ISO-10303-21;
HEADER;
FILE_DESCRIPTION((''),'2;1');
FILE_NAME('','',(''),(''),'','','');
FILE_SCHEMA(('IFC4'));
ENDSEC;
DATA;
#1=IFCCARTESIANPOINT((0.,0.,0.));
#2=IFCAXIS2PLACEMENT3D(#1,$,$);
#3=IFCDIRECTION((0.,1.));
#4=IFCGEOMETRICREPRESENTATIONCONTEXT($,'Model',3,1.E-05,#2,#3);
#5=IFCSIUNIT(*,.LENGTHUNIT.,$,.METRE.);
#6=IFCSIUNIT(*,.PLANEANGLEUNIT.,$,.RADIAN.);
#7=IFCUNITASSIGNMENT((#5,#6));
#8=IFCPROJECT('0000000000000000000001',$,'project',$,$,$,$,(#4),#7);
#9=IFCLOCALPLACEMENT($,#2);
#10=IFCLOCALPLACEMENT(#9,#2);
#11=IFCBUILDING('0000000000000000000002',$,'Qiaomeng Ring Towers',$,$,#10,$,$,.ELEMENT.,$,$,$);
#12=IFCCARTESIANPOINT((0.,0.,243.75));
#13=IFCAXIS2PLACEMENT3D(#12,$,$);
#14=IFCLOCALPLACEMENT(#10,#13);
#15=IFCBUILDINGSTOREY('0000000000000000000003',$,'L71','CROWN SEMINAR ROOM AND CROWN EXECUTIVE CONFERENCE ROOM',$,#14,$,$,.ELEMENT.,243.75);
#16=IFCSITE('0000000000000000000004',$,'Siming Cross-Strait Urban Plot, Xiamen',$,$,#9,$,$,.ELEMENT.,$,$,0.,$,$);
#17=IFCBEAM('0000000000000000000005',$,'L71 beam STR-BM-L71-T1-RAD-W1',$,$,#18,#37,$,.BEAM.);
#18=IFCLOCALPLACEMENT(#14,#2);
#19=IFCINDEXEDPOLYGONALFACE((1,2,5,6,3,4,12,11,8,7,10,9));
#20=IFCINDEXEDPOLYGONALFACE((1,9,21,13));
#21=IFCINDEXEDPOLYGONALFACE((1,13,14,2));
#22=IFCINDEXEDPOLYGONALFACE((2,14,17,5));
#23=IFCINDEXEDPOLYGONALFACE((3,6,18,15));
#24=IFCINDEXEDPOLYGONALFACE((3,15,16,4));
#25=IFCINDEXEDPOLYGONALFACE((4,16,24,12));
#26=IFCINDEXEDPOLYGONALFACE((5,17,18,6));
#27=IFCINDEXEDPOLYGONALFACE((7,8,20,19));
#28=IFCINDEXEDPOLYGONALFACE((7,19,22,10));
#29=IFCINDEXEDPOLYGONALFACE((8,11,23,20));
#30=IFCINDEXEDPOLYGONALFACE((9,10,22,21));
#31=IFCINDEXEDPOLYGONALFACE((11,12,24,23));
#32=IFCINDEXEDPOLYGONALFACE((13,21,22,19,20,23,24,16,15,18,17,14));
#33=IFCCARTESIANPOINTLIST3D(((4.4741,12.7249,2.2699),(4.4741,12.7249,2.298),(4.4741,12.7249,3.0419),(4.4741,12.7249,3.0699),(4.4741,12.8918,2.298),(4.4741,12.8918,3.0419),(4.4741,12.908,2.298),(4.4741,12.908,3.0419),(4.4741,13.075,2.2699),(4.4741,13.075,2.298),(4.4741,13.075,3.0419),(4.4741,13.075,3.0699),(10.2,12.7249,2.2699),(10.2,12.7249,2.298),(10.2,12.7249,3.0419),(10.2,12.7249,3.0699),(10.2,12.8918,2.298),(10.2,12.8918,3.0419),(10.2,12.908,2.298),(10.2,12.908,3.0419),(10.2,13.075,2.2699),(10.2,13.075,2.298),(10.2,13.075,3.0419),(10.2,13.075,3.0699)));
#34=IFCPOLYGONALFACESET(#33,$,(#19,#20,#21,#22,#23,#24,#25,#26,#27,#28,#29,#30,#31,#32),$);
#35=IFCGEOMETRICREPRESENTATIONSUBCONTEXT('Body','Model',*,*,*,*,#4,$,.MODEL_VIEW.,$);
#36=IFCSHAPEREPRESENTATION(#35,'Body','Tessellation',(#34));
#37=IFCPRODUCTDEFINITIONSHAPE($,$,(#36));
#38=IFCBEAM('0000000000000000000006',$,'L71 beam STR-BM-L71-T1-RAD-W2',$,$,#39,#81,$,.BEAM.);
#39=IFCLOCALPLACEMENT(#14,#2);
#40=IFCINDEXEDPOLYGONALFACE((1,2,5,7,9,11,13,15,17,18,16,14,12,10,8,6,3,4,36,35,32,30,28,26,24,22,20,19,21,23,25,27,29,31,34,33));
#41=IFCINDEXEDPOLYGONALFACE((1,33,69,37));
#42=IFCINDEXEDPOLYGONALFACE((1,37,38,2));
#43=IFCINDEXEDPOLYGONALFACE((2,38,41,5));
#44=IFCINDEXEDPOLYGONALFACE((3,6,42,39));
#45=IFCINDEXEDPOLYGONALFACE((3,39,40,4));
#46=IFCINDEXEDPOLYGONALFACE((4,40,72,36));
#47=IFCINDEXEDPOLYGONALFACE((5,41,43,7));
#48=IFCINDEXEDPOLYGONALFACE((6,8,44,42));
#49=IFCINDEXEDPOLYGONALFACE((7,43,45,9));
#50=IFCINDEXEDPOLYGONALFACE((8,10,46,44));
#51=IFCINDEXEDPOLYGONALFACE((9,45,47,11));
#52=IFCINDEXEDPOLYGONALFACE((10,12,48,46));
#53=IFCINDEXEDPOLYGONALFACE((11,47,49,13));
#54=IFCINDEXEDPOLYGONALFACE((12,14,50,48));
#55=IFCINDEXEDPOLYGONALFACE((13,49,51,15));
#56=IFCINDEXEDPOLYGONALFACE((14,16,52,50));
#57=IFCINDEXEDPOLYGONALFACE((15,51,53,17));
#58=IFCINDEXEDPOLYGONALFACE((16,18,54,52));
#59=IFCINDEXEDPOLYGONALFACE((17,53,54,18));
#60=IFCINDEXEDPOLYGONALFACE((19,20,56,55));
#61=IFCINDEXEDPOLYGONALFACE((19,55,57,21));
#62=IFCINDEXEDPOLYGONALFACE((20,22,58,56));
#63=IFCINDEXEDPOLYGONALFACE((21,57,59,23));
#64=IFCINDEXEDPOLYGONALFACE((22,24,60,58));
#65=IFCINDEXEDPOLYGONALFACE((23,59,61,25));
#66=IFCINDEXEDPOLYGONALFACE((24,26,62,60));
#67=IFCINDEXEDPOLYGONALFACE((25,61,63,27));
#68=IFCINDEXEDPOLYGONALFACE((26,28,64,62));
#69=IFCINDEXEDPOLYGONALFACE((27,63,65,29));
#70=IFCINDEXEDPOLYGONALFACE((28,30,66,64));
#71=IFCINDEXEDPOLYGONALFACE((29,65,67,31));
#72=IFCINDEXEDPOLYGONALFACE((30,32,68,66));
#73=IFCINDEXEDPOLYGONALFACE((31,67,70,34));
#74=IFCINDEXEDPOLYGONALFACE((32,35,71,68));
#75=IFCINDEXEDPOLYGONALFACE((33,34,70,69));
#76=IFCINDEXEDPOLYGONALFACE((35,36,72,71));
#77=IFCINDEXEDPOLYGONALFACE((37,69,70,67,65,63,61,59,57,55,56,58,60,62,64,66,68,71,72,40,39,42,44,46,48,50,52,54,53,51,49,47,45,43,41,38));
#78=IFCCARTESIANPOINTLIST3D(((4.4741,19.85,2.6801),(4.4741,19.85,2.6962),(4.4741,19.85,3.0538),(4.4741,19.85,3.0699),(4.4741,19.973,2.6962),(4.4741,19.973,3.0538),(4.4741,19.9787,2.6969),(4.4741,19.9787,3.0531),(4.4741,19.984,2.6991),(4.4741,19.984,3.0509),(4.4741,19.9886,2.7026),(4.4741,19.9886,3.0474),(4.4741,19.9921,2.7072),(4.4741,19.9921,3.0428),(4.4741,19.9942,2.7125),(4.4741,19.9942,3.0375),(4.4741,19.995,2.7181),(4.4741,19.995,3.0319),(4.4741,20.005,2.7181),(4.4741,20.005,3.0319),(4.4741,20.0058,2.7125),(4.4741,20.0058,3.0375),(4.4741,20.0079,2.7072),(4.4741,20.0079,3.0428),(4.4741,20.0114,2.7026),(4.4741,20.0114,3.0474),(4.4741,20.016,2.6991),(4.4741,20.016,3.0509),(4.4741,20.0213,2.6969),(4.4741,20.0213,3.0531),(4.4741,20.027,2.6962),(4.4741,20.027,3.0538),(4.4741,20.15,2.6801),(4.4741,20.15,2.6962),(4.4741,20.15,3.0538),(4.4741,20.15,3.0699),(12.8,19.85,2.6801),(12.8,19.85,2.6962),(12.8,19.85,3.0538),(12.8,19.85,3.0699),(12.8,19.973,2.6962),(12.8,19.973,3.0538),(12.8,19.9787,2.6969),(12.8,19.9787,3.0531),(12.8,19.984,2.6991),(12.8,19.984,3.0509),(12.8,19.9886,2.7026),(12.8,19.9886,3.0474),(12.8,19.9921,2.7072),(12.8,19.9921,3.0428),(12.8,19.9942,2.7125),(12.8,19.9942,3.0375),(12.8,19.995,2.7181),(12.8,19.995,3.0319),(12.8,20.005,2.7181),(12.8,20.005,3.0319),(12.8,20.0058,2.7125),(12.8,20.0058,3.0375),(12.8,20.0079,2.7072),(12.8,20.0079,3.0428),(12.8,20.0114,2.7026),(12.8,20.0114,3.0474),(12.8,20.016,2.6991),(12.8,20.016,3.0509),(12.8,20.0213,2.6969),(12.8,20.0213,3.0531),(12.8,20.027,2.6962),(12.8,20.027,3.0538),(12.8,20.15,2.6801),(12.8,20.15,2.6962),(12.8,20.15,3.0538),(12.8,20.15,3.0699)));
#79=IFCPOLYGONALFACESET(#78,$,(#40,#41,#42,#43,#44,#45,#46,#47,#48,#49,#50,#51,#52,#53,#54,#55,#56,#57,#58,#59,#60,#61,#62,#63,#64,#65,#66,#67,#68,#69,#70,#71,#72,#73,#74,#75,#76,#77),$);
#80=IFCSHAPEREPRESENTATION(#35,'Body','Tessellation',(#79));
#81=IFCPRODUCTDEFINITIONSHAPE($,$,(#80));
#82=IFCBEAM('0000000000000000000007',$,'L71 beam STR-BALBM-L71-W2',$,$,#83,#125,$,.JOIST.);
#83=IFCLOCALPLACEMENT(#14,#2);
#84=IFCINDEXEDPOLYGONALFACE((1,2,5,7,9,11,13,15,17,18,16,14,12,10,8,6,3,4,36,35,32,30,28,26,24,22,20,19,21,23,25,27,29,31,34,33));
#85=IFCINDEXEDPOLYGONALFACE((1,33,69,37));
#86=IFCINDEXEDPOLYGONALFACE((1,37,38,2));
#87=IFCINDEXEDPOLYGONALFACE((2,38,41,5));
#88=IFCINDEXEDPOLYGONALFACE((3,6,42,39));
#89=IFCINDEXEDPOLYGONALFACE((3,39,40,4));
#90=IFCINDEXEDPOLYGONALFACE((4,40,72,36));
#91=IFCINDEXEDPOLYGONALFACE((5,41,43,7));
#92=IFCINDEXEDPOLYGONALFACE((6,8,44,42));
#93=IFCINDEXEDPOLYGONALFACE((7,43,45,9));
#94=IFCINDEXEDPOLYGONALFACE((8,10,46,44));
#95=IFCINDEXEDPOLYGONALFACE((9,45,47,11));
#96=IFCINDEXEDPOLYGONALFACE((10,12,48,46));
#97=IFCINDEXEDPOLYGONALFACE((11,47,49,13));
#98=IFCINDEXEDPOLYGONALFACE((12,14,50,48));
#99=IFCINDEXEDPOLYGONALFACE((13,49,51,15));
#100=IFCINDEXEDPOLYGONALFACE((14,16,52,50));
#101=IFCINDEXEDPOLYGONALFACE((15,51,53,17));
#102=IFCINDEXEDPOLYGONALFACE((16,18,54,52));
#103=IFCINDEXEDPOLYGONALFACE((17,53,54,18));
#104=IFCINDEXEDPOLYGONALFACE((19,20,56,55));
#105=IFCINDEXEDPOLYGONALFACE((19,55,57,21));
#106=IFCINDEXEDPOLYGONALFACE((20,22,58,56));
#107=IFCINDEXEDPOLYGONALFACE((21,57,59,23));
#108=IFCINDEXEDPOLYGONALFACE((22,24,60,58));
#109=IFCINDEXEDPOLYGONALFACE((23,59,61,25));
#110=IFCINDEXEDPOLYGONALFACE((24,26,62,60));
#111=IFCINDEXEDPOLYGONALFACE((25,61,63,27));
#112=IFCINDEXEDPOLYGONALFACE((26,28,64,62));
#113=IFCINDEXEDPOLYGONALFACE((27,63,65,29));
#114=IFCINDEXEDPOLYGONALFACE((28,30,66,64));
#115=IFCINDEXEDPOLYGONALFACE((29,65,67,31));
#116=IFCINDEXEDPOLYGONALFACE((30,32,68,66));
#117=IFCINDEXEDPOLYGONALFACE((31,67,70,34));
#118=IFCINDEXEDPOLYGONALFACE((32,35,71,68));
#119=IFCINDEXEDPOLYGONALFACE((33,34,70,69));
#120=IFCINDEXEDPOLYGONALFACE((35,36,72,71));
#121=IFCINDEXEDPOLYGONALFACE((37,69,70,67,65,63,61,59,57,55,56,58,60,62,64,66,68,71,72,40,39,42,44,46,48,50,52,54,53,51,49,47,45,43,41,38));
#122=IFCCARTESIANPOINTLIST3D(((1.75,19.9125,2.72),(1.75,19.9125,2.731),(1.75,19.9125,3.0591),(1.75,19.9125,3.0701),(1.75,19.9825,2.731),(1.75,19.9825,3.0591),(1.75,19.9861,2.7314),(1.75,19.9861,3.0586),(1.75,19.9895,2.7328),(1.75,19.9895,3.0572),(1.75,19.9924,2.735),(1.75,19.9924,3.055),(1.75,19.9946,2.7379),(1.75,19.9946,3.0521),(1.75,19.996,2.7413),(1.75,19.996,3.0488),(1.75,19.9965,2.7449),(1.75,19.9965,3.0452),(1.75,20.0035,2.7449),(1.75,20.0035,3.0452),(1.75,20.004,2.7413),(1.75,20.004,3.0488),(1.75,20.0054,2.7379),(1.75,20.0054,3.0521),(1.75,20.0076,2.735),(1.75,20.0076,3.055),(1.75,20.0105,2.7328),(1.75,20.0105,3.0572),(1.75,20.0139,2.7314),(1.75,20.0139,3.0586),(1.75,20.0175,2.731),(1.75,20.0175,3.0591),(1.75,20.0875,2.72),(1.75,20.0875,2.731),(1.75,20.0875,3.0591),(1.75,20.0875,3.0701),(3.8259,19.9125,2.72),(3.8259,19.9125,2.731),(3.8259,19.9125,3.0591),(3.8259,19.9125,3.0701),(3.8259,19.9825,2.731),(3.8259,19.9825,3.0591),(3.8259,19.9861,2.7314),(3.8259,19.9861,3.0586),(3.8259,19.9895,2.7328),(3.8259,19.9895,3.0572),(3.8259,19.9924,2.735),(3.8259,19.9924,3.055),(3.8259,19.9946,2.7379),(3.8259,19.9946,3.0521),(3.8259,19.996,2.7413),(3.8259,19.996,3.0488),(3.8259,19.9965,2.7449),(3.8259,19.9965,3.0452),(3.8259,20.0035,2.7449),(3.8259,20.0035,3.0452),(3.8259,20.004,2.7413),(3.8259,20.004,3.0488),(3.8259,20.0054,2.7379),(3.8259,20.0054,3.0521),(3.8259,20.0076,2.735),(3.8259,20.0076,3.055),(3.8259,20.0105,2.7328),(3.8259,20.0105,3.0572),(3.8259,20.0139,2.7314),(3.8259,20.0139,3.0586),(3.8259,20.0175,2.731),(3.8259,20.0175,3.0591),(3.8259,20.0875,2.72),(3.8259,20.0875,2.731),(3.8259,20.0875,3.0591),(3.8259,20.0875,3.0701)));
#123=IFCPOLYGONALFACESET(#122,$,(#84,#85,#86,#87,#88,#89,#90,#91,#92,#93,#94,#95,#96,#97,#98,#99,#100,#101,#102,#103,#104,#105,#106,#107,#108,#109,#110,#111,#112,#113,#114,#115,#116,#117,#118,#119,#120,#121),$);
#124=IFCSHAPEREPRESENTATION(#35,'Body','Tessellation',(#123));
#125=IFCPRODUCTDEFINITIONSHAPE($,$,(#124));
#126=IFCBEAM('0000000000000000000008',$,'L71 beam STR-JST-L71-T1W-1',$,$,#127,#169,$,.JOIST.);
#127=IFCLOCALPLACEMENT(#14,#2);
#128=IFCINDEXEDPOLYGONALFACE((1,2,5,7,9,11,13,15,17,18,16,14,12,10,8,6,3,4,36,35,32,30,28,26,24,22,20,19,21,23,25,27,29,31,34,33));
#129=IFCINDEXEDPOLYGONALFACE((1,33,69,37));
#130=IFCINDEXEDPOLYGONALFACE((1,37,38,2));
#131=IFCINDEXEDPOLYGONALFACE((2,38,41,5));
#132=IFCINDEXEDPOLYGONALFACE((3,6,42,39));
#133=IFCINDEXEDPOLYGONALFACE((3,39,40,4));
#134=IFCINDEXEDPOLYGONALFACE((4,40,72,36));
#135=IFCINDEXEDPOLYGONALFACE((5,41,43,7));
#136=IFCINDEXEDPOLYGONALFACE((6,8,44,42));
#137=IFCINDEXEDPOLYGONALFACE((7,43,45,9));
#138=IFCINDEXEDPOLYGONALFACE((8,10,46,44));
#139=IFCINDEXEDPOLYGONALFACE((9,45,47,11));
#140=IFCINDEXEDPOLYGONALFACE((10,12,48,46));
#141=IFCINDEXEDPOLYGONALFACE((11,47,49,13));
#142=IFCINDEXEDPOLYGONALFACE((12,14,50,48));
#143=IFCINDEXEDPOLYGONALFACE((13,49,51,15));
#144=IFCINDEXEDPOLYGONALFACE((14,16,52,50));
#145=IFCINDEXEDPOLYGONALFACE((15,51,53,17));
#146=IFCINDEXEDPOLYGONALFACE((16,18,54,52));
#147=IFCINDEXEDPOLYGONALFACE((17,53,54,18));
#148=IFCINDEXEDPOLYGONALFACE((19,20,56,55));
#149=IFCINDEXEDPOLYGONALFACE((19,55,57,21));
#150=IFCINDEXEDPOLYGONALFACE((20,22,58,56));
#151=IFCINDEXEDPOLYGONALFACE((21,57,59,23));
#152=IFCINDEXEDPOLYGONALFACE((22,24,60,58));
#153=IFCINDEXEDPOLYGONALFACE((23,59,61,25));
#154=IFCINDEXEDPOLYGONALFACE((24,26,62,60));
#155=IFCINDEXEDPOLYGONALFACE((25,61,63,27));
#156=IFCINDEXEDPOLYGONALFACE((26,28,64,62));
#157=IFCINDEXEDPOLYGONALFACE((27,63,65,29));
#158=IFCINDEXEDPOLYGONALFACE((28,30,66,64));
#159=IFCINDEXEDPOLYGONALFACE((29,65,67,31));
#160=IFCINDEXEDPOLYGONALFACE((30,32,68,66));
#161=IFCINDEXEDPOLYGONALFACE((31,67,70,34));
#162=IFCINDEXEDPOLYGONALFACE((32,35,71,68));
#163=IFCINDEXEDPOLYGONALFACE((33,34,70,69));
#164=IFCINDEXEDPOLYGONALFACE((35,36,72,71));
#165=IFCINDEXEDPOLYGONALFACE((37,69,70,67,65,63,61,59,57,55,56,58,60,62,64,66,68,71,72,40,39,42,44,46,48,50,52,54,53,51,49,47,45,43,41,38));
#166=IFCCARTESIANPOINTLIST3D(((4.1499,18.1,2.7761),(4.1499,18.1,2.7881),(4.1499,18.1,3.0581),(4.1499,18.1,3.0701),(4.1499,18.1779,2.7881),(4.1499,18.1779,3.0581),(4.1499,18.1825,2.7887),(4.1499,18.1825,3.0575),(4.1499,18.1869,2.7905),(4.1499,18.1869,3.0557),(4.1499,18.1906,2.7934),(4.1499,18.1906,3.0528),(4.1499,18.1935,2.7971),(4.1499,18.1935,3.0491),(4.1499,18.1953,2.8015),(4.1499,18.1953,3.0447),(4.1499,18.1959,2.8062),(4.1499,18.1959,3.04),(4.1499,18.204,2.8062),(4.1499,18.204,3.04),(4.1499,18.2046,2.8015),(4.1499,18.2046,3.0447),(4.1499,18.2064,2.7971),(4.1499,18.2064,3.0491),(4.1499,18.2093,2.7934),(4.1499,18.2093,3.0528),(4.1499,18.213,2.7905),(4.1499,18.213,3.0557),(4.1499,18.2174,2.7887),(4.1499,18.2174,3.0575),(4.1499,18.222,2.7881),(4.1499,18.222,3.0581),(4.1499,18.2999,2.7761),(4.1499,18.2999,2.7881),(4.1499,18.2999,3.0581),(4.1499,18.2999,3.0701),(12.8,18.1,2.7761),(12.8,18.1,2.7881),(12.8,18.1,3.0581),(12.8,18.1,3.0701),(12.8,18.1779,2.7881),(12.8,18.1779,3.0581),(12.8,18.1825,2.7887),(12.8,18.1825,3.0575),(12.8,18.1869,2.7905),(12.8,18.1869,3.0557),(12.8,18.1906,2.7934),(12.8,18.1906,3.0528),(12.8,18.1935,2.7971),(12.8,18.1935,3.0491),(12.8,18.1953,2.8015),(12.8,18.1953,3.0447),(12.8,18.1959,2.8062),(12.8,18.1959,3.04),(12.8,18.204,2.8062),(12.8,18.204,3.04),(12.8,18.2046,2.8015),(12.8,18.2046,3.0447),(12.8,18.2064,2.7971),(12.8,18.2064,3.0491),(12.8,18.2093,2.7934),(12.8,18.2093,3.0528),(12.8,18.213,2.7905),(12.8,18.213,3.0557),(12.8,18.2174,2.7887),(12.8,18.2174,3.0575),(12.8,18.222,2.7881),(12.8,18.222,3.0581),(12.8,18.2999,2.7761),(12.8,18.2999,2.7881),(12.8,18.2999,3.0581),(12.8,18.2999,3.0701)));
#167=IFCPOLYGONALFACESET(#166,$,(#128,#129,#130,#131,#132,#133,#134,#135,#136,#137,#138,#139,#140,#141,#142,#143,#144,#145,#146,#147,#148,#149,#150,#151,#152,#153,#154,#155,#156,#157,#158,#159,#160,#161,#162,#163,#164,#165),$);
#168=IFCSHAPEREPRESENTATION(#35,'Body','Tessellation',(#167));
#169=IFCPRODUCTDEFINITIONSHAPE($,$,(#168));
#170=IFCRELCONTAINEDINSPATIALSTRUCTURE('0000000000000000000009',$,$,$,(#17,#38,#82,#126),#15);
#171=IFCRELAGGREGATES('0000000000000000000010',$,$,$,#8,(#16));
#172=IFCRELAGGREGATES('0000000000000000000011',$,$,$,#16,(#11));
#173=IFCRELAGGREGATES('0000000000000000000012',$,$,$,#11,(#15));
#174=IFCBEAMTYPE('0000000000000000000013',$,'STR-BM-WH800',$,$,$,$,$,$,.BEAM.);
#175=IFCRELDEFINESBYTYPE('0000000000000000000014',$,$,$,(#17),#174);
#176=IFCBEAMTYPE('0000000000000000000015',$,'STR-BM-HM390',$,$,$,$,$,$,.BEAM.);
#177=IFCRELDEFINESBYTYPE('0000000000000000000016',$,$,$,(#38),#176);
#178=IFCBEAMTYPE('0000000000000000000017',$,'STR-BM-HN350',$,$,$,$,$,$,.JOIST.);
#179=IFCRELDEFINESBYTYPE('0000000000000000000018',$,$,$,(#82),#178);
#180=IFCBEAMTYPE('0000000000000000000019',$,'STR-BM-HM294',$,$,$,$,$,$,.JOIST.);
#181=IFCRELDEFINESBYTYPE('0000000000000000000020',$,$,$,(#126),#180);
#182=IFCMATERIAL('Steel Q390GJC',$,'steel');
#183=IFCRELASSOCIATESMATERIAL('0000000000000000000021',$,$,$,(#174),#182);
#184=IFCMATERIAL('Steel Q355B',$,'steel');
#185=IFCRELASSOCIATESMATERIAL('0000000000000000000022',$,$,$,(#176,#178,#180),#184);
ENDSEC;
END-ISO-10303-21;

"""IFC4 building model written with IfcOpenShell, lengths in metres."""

from ifc_helpers import new_model, si_unit, direction, frame, origin, origin_2d, place, context, subcontext, project, spatial, i_section, extrude, source, transform, mapped, material, material_profile, profile_set, type_object, element, save


model = new_model("IFC4")

# Units and contexts
model_context = context("Model", 3, precision=1e-05, world=origin(), true_north=direction((0.0, 1.0)))
body_context = subcontext(model_context, "Body", "Model", "MODEL_VIEW")
ifc_project = project(units=[si_unit("LENGTHUNIT", "METRE"), si_unit("PLANEANGLEUNIT", "RADIAN")], contexts=[model_context])

# Site, building, storey
site_placement = place(None, origin())
site = spatial("IfcSite", under=ifc_project, at=site_placement, Name="Siming Cross-Strait Urban Plot, Xiamen", CompositionType="ELEMENT", RefElevation=0.0)
building_placement = place(site_placement, origin())
building = spatial("IfcBuilding", under=site, at=building_placement, Name="Qiaomeng Ring Towers", CompositionType="ELEMENT")
storey_placement = place(building_placement, frame((0.0, 0.0, 243.75)))
storey = spatial("IfcBuildingStorey", under=building, at=storey_placement, Name="L71", Description="CROWN SEMINAR ROOM AND CROWN EXECUTIVE CONFERENCE ROOM", CompositionType="ELEMENT", Elevation=243.75)

# Beams
ifc_material_1 = material(Name="Steel Q355B", Category="steel")
ifc_material_2 = material(Name="Steel Q390GJC", Category="steel")
ifc_material_profile_1 = material_profile(ifc_material_2, i_section(OverallWidth=0.3501, OverallDepth=0.8, WebThickness=0.0161, FlangeThickness=0.0281, at=origin_2d()), Name="WH 800x350x16x28")
ifc_profile_set_1 = profile_set([ifc_material_profile_1], Name="Steel Q390GJC")
beam_type_1 = type_object("IfcBeamType", Name="STR-BM-WH800", PredefinedType="BEAM", material=ifc_profile_set_1)
shared_shape_1 = source(origin(), body_context, "Body", "SweptSolid", [
    extrude(i_section(OverallWidth=0.3501, OverallDepth=0.8, WebThickness=0.0161, FlangeThickness=0.0281, at=origin_2d()), origin(), (0.0, 0.0, 1.0), 5.7258),
])
beam_1_placement = place(storey_placement, frame((4.4741, 12.8999, 2.6699), z_axis=(1.0, 0.0, 0.0), x_axis=(0.0, 1.0, 0.0)))
element("IfcBeam", 1, at=beam_1_placement, inside=storey, type_object=beam_type_1, Name="L71 beam STR-BM-L71-T1-RAD-W1", PredefinedType="BEAM", context=body_context, shape_type="MappedRepresentation", body=[
    mapped(shared_shape_1, transform((0.0, 0.0, 0.0), x_axis=(1.0, 0.0, 0.0), y_axis=(0.0, 1.0, 0.0), z_axis=(0.0, 0.0, 1.0), scale=1.0)),
])
ifc_material_profile_2 = material_profile(ifc_material_1, i_section(OverallWidth=0.3, OverallDepth=0.3899, WebThickness=0.01, FlangeThickness=0.0161, FilletRadius=0.022, at=origin_2d()), Name="HM 390x300x10x16")
ifc_profile_set_2 = profile_set([ifc_material_profile_2], Name="Steel Q355B")
beam_type_2 = type_object("IfcBeamType", Name="STR-BM-HM390", PredefinedType="BEAM", material=ifc_profile_set_2)
shared_shape_2 = source(origin(), body_context, "Body", "SweptSolid", [
    extrude(i_section(OverallWidth=0.3, OverallDepth=0.3899, WebThickness=0.01, FlangeThickness=0.0161, FilletRadius=0.022, at=origin_2d()), origin(), (0.0, 0.0, 1.0), 8.3259),
])
beam_2_placement = place(storey_placement, frame((4.4741, 20.0, 2.875), z_axis=(1.0, 0.0, 0.0), x_axis=(0.0, 1.0, 0.0)))
element("IfcBeam", 2, at=beam_2_placement, inside=storey, type_object=beam_type_2, Name="L71 beam STR-BM-L71-T1-RAD-W2", PredefinedType="BEAM", context=body_context, shape_type="MappedRepresentation", body=[
    mapped(shared_shape_2, transform((0.0, 0.0, 0.0), x_axis=(1.0, 0.0, 0.0), y_axis=(0.0, 1.0, 0.0), z_axis=(0.0, 0.0, 1.0), scale=1.0)),
])
ifc_material_profile_3 = material_profile(ifc_material_1, i_section(OverallWidth=0.175, OverallDepth=0.3501, WebThickness=0.0071, FlangeThickness=0.011, FilletRadius=0.0139, at=origin_2d()), Name="HN 350x175x7x11")
ifc_profile_set_3 = profile_set([ifc_material_profile_3], Name="Steel Q355B")
beam_type_3 = type_object("IfcBeamType", Name="STR-BM-HN350", PredefinedType="JOIST", material=ifc_profile_set_3)
shared_shape_3 = source(origin(), body_context, "Body", "SweptSolid", [
    extrude(i_section(OverallWidth=0.175, OverallDepth=0.3501, WebThickness=0.0071, FlangeThickness=0.011, FilletRadius=0.0139, at=origin_2d()), origin(), (0.0, 0.0, 1.0), 2.0759),
])
beam_3_placement = place(storey_placement, frame((1.75, 20.0, 2.895), z_axis=(1.0, 0.0, 0.0), x_axis=(0.0, 1.0, 0.0)))
element("IfcBeam", 3, at=beam_3_placement, inside=storey, type_object=beam_type_3, Name="L71 beam STR-BALBM-L71-W2", PredefinedType="JOIST", context=body_context, shape_type="MappedRepresentation", body=[
    mapped(shared_shape_3, transform((0.0, 0.0, 0.0), x_axis=(1.0, 0.0, 0.0), y_axis=(0.0, 1.0, 0.0), z_axis=(0.0, 0.0, 1.0), scale=1.0)),
])
ifc_material_profile_4 = material_profile(ifc_material_1, i_section(OverallWidth=0.2, OverallDepth=0.2939, WebThickness=0.0081, FlangeThickness=0.012, FilletRadius=0.0181, at=origin_2d()), Name="HM 294x200x8x12")
ifc_profile_set_4 = profile_set([ifc_material_profile_4], Name="Steel Q355B")
beam_type_4 = type_object("IfcBeamType", Name="STR-BM-HM294", PredefinedType="JOIST", material=ifc_profile_set_4)
shared_shape_4 = source(origin(), body_context, "Body", "SweptSolid", [
    extrude(i_section(OverallWidth=0.2, OverallDepth=0.2939, WebThickness=0.0081, FlangeThickness=0.012, FilletRadius=0.0181, at=origin_2d()), origin(), (0.0, 0.0, 1.0), 8.6501),
])
beam_4_placement = place(storey_placement, frame((4.1499, 18.2, 2.9231), z_axis=(1.0, 0.0, 0.0), x_axis=(0.0, 1.0, 0.0)))
element("IfcBeam", 4, at=beam_4_placement, inside=storey, type_object=beam_type_4, Name="L71 beam STR-JST-L71-T1W-1", PredefinedType="JOIST", context=body_context, shape_type="MappedRepresentation", body=[
    mapped(shared_shape_4, transform((0.0, 0.0, 0.0), x_axis=(1.0, 0.0, 0.0), y_axis=(0.0, 1.0, 0.0), z_axis=(0.0, 0.0, 1.0), scale=1.0)),
])

save(model, "model.ifc")
